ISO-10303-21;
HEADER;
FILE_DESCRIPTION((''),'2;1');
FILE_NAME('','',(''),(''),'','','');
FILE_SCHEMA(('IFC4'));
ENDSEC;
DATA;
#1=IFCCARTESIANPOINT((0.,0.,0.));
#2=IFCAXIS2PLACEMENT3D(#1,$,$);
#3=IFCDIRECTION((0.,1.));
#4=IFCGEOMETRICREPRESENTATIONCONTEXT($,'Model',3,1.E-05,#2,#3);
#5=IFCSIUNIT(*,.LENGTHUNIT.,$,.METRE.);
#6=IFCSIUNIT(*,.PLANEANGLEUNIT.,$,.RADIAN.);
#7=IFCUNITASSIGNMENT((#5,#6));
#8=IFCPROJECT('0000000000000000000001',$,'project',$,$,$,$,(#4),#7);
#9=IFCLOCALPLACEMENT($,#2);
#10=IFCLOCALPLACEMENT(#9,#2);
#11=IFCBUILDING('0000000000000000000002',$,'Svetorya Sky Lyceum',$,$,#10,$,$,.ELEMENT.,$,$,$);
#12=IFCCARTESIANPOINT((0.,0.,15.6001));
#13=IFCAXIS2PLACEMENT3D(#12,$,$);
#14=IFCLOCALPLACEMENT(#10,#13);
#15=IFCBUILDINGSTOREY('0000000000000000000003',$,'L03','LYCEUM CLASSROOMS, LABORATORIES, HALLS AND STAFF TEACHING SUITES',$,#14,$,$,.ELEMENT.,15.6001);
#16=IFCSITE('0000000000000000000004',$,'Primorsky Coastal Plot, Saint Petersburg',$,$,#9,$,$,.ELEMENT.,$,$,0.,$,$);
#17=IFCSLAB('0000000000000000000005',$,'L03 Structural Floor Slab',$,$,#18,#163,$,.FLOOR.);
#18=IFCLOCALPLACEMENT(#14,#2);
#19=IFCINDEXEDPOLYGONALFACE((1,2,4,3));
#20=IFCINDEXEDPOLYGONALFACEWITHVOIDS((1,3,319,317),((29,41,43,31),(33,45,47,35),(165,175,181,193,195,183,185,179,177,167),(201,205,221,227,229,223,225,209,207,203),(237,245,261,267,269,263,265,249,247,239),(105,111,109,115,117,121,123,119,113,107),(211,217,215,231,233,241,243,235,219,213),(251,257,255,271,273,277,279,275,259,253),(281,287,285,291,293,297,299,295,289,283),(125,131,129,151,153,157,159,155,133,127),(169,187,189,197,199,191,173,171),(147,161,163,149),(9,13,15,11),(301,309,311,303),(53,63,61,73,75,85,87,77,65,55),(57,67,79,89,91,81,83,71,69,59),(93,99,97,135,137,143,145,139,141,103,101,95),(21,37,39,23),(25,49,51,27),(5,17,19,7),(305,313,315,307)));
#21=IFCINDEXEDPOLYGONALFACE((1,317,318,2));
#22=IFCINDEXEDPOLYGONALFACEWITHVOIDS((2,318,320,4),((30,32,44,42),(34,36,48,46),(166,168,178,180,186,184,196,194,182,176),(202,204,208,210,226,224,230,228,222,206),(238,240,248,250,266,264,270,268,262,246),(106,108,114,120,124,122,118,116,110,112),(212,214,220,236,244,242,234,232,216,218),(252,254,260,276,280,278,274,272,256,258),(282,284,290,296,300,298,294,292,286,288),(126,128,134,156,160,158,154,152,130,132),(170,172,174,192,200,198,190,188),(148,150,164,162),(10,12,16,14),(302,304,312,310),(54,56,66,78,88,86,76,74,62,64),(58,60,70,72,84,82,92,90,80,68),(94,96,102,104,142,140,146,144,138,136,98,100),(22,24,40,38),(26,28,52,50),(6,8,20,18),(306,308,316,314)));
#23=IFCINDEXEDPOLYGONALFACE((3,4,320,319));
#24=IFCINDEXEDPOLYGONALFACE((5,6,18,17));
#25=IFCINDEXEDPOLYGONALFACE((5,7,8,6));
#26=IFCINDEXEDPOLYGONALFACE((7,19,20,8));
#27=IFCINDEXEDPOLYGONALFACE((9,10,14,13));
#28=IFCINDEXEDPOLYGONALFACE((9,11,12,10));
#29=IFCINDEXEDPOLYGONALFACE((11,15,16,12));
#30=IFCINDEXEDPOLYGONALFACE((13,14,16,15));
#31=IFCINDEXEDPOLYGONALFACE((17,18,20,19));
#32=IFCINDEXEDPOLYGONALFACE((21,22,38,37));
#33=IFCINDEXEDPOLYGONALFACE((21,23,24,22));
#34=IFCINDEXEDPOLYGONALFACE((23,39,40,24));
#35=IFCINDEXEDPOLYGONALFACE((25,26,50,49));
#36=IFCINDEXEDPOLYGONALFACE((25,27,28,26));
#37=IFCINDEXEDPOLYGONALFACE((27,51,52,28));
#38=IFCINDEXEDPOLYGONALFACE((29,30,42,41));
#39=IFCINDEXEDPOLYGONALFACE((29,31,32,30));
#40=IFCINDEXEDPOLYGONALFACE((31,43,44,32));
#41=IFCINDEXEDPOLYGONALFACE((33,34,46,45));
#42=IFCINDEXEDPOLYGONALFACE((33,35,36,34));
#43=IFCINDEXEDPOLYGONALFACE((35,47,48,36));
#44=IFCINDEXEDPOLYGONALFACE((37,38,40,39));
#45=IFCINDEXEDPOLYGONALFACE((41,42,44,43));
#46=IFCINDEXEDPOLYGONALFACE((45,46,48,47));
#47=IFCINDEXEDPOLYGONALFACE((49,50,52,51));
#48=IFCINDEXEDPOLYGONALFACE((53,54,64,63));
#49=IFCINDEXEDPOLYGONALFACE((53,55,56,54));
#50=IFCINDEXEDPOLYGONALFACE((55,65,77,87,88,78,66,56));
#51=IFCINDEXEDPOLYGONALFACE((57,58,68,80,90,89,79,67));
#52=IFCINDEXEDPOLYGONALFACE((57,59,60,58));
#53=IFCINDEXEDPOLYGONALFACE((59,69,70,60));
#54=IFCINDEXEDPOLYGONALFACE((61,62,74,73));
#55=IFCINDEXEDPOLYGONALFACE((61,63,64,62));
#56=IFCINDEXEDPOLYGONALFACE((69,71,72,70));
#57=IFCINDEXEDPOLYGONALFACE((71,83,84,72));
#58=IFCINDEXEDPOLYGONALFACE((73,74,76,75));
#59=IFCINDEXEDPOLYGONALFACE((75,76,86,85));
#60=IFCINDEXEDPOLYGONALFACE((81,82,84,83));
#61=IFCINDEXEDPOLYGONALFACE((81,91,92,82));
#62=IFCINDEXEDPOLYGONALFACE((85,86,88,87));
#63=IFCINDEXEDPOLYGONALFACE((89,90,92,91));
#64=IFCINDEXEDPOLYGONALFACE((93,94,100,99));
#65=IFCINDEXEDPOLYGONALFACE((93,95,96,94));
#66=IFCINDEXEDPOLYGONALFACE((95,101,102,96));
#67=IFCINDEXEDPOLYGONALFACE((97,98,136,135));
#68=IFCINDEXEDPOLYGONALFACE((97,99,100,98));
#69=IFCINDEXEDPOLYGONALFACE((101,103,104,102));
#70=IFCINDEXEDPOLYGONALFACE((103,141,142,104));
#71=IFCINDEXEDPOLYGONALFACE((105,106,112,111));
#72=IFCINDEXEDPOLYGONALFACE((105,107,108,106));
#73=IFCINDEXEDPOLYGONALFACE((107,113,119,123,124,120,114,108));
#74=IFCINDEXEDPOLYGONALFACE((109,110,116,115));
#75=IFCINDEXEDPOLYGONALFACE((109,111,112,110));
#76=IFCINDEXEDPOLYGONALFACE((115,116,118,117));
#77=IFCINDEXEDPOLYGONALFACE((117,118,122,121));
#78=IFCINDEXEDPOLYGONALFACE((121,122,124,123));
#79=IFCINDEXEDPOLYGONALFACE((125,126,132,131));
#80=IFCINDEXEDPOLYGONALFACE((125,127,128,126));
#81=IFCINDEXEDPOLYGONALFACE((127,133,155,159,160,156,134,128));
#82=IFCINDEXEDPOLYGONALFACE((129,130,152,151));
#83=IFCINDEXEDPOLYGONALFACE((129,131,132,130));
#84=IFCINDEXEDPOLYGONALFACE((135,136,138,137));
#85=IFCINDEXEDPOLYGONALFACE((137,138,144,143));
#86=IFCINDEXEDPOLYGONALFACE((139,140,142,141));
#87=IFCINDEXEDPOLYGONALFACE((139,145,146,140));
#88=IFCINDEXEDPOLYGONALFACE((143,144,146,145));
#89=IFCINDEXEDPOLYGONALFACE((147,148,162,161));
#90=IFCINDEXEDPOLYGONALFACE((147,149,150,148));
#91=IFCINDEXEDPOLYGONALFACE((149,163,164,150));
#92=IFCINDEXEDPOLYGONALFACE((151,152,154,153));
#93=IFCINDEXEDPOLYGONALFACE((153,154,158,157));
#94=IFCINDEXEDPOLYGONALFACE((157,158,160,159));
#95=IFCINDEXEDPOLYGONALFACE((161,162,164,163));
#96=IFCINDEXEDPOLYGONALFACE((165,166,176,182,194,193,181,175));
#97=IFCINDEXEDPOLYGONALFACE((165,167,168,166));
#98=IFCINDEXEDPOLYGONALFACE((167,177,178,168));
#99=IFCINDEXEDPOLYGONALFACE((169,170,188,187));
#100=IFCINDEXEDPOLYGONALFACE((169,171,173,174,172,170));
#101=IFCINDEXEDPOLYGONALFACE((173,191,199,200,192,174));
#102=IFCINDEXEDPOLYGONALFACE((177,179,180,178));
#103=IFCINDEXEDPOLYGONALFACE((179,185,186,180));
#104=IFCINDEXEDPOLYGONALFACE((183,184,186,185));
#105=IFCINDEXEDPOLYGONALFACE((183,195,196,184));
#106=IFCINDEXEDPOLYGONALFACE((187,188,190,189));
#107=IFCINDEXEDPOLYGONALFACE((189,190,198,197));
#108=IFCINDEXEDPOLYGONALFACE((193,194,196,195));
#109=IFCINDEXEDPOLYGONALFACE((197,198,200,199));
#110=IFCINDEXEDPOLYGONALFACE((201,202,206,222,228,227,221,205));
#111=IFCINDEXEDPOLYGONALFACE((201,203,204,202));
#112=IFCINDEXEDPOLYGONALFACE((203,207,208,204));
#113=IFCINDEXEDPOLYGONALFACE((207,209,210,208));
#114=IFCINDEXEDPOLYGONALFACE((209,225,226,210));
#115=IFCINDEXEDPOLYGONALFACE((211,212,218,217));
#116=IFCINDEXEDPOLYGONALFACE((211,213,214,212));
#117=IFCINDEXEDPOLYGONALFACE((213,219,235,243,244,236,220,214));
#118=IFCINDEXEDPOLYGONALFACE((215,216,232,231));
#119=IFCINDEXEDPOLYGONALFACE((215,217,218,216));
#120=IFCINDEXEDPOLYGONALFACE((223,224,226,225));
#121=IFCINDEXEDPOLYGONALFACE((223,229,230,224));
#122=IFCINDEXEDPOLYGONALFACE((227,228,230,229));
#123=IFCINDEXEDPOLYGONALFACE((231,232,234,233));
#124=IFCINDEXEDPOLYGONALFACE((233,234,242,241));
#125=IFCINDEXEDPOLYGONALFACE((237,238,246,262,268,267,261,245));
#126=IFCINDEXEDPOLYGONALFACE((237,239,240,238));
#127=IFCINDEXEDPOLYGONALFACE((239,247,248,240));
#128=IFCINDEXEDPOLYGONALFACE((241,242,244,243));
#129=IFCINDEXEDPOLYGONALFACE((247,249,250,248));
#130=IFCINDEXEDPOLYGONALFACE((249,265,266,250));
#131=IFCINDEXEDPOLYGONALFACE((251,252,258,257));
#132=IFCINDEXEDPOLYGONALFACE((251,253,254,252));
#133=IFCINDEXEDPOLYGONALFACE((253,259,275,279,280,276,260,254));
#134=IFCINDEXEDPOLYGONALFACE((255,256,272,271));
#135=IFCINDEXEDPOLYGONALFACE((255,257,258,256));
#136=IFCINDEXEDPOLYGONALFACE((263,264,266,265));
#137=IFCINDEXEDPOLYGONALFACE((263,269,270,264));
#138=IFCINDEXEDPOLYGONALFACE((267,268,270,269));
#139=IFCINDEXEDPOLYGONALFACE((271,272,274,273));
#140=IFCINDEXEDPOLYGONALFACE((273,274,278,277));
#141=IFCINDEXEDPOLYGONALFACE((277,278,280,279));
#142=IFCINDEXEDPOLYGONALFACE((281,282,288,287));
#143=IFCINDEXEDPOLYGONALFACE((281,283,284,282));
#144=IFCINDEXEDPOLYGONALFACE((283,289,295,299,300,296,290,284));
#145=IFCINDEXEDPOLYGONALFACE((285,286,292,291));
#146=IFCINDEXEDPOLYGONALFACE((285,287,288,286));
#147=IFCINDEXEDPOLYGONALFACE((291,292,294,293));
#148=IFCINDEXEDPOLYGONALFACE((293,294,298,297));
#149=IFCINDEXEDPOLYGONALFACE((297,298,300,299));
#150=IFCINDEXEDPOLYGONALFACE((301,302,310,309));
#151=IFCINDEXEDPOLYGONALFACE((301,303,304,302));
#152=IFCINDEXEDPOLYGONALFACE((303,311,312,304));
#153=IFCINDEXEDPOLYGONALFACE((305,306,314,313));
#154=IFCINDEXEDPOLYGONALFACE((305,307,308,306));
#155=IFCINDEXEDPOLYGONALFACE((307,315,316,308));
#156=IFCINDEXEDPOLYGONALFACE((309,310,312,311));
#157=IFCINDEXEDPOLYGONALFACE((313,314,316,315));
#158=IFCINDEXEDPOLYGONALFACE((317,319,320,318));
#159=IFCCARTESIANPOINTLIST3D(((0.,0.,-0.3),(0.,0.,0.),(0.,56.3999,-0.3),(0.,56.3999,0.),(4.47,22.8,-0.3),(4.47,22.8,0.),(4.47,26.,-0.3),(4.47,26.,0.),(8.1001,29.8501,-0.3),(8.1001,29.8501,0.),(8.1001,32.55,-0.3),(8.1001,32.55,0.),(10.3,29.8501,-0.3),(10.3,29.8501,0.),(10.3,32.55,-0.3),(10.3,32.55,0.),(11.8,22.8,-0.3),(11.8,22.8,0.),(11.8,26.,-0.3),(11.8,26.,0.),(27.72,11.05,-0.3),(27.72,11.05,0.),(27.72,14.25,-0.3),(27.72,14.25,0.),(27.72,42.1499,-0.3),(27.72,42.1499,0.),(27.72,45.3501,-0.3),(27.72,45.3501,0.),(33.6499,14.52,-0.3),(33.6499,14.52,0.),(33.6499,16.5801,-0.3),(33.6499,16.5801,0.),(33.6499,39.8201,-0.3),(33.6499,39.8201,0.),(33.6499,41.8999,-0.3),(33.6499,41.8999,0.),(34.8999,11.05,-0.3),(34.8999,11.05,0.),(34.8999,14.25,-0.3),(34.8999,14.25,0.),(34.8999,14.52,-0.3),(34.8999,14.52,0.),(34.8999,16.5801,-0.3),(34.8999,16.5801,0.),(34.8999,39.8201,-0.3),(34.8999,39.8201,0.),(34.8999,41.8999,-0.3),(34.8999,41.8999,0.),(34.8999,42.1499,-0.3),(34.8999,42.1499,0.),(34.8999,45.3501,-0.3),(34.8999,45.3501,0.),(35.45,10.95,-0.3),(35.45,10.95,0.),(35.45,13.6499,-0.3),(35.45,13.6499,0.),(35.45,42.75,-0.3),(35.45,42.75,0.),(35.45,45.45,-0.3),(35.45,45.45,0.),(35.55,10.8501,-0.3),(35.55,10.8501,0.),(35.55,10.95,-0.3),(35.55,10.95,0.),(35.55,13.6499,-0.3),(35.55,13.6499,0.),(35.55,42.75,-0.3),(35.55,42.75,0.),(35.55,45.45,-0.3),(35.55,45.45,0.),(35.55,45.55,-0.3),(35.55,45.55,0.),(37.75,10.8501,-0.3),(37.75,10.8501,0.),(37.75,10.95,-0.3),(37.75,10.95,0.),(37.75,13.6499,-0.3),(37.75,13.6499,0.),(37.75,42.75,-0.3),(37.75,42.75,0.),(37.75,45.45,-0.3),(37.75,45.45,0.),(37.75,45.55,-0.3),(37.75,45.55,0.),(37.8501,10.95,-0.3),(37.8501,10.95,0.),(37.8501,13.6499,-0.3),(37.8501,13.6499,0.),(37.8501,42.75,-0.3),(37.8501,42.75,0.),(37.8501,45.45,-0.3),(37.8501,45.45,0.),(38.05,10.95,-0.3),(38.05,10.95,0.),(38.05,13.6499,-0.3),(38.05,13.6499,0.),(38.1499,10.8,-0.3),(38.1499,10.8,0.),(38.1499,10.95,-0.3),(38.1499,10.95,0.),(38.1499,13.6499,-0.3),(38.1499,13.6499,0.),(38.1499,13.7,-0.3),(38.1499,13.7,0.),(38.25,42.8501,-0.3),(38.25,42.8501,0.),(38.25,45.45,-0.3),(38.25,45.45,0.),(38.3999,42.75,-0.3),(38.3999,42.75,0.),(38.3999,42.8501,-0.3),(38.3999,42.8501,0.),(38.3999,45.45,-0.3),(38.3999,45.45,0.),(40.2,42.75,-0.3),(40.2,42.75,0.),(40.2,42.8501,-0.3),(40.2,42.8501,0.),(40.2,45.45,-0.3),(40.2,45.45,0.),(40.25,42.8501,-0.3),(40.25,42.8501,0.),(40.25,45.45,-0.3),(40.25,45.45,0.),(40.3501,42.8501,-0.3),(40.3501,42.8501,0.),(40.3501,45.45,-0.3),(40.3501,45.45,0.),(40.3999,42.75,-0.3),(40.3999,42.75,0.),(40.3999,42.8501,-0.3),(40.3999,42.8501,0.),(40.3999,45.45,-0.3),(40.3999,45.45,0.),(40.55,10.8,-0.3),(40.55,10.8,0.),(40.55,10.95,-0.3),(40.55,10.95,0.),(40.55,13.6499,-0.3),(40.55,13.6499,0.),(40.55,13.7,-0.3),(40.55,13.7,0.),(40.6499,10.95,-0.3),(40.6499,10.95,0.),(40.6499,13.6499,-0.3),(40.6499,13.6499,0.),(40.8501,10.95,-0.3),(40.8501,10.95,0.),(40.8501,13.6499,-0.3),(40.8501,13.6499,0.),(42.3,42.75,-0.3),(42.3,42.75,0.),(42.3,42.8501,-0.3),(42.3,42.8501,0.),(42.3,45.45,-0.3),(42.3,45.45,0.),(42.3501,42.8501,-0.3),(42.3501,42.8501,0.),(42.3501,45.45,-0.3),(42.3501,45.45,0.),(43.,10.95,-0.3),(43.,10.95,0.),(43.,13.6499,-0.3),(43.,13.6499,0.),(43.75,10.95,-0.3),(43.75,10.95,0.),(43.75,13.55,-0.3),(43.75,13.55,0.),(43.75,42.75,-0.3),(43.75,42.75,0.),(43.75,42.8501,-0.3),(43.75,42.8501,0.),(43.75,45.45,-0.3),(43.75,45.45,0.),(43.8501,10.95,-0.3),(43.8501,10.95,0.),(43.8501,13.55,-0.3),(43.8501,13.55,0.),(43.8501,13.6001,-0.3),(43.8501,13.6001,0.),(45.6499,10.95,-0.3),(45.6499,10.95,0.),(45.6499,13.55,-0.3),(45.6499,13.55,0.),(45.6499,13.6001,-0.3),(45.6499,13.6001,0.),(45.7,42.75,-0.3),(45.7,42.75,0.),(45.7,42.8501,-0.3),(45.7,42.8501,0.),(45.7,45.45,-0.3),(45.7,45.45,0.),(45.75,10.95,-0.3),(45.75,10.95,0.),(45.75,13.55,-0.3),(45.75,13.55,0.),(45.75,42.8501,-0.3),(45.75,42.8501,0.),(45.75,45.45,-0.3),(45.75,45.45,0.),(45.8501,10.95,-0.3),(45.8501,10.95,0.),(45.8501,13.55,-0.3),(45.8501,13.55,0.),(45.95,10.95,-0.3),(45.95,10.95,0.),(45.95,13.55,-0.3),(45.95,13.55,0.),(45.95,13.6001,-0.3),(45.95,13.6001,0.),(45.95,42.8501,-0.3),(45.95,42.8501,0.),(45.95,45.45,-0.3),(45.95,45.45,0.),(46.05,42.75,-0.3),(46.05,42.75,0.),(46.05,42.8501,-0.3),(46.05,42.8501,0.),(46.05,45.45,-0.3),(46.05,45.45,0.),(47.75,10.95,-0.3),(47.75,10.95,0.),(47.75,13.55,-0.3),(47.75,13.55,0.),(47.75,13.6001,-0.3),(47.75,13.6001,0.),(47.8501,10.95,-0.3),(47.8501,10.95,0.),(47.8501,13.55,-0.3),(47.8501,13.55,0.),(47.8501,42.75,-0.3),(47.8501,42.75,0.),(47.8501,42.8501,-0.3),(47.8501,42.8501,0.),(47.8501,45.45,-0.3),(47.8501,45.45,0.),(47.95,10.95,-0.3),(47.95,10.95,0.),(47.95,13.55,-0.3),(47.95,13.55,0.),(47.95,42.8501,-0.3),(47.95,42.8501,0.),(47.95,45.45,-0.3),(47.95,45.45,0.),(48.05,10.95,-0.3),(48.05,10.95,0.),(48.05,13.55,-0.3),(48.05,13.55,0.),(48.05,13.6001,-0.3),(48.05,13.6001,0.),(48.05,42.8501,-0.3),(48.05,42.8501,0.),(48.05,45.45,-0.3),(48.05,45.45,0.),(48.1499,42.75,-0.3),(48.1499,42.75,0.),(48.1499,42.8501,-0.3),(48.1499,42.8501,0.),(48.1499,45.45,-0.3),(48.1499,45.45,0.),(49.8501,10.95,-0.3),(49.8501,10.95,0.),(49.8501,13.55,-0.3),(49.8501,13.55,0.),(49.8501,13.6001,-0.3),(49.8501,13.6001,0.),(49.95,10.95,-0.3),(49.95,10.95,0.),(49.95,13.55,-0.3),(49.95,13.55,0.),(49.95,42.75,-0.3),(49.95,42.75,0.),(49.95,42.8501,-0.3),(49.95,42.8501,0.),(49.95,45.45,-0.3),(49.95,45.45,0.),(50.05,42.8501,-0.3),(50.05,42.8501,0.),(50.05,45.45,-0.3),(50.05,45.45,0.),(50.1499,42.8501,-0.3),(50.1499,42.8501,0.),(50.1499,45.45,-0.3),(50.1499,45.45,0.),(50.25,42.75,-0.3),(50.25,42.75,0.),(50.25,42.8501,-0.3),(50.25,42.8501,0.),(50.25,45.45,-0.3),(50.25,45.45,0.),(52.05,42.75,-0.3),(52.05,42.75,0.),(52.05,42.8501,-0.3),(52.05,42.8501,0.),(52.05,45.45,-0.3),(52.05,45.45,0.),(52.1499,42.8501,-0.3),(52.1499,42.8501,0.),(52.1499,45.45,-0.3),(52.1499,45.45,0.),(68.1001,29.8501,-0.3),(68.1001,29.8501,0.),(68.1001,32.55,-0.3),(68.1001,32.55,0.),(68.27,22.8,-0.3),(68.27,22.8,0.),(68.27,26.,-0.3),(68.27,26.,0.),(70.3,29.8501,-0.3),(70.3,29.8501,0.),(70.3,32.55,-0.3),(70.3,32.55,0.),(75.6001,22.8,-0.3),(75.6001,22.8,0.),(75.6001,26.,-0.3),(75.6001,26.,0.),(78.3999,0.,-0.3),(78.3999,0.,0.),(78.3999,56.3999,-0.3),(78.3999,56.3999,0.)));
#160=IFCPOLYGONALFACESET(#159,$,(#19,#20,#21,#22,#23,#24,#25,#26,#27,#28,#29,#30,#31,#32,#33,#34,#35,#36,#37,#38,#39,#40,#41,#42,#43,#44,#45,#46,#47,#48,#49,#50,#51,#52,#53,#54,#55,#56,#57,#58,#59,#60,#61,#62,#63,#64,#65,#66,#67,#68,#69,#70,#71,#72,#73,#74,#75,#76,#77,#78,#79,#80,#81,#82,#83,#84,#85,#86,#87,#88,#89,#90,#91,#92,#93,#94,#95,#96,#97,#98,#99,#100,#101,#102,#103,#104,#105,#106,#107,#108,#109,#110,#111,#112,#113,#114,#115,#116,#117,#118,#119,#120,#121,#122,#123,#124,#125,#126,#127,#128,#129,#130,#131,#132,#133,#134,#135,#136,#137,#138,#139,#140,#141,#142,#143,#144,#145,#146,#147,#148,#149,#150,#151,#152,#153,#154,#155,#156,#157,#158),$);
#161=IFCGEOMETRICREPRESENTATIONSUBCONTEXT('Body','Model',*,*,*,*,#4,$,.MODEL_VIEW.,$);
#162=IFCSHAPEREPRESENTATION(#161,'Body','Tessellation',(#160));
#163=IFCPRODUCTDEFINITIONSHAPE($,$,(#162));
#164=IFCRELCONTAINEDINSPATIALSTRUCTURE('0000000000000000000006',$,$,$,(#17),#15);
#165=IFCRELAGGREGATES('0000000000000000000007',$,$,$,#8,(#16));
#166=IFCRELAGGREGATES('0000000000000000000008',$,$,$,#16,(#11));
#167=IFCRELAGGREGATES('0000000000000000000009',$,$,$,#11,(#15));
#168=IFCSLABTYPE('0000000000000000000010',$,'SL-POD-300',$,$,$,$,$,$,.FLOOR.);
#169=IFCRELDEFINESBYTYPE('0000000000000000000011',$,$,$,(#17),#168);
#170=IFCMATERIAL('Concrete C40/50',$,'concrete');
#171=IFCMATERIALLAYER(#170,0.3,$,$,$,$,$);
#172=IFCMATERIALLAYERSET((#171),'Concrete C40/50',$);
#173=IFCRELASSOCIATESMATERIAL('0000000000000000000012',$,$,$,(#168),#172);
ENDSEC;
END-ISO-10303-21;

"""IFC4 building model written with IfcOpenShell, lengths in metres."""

from ifc_helpers import new_model, si_unit, direction, frame, origin, place, context, subcontext, project, spatial, polyline, outline, extrude, material, layer, layer_set, type_object, element, save


model = new_model("IFC4")

# Units and contexts
model_context = context("Model", 3, precision=1e-05, world=origin(), true_north=direction((0.0, 1.0)))
body_context = subcontext(model_context, "Body", "Model", "MODEL_VIEW")
ifc_project = project(units=[si_unit("LENGTHUNIT", "METRE"), si_unit("PLANEANGLEUNIT", "RADIAN")], contexts=[model_context])

# Site, building, storey
site_placement = place(None, origin())
site = spatial("IfcSite", under=ifc_project, at=site_placement, Name="Primorsky Coastal Plot, Saint Petersburg", CompositionType="ELEMENT", RefElevation=0.0)
building_placement = place(site_placement, origin())
building = spatial("IfcBuilding", under=site, at=building_placement, Name="Svetorya Sky Lyceum", CompositionType="ELEMENT")
storey_placement = place(building_placement, frame((0.0, 0.0, 15.6001)))
storey = spatial("IfcBuildingStorey", under=building, at=storey_placement, Name="L03", Description="LYCEUM CLASSROOMS, LABORATORIES, HALLS AND STAFF TEACHING SUITES", CompositionType="ELEMENT", Elevation=15.6001)

# Slab
ifc_material_1 = material(Name="Concrete C40/50", Category="concrete")
ifc_layer_1 = layer(ifc_material_1, 0.3)
ifc_layer_set_1 = layer_set([ifc_layer_1], Name="Concrete C40/50")
slab_type_1 = type_object("IfcSlabType", Name="SL-POD-300", PredefinedType="FLOOR", material=ifc_layer_set_1)
slab_1_placement = place(storey_placement, frame((0.0, 0.0, -0.3)))
element("IfcSlab", 1, at=slab_1_placement, inside=storey, type_object=slab_type_1, Name="L03 Structural Floor Slab", PredefinedType="FLOOR", context=body_context, shape_type="SweptSolid", body=[
    extrude(outline(polyline([(0.0, 0.0), (78.3999, 0.0), (78.3999, 56.3999), (0.0, 56.3999), (0.0, 0.0)]), holes=[polyline([(40.6499, 10.95), (40.55, 10.95), (40.55, 10.8), (38.1499, 10.8), (38.1499, 10.95), (38.05, 10.95), (38.05, 13.6499), (38.1499, 13.6499), (38.1499, 13.7), (40.55, 13.7), (40.55, 13.6499), (40.6499, 13.6499), (40.6499, 10.95)]), polyline([(35.55, 10.95), (35.45, 10.95), (35.45, 13.6499), (35.55, 13.6499), (37.75, 13.6499), (37.8501, 13.6499), (37.8501, 10.95), (37.75, 10.95), (37.75, 10.8501), (35.55, 10.8501), (35.55, 10.95)]), polyline([(40.8501, 13.6499), (43.0, 13.6499), (43.0, 10.95), (40.8501, 10.95), (40.8501, 13.6499)]), polyline([(27.72, 14.25), (34.8999, 14.25), (34.8999, 11.05), (27.72, 11.05), (27.72, 14.25)]), polyline([(33.6499, 16.5801), (34.8999, 16.5801), (34.8999, 14.52), (33.6499, 14.52), (33.6499, 16.5801)]), polyline([(4.47, 26.0), (11.8, 26.0), (11.8, 22.8), (4.47, 22.8), (4.47, 26.0)]), polyline([(8.1001, 32.55), (10.3, 32.55), (10.3, 29.8501), (8.1001, 29.8501), (8.1001, 32.55)]), polyline([(33.6499, 41.8999), (34.8999, 41.8999), (34.8999, 39.8201), (33.6499, 39.8201), (33.6499, 41.8999)]), polyline([(27.72, 45.3501), (34.8999, 45.3501), (34.8999, 42.1499), (27.72, 42.1499), (27.72, 45.3501)]), polyline([(37.75, 45.45), (37.8501, 45.45), (37.8501, 42.75), (37.75, 42.75), (35.55, 42.75), (35.45, 42.75), (35.45, 45.45), (35.55, 45.45), (35.55, 45.55), (37.75, 45.55), (37.75, 45.45)]), polyline([(40.2, 42.8501), (40.2, 42.75), (38.3999, 42.75), (38.3999, 42.8501), (38.25, 42.8501), (38.25, 45.45), (38.3999, 45.45), (40.2, 45.45), (40.25, 45.45), (40.25, 42.8501), (40.2, 42.8501)]), polyline([(40.3999, 42.8501), (40.3501, 42.8501), (40.3501, 45.45), (40.3999, 45.45), (42.3, 45.45), (42.3501, 45.45), (42.3501, 42.8501), (42.3, 42.8501), (42.3, 42.75), (40.3999, 42.75), (40.3999, 42.8501)]), polyline([(43.8501, 10.95), (43.75, 10.95), (43.75, 13.55), (43.8501, 13.55), (43.8501, 13.6001), (45.6499, 13.6001), (45.6499, 13.55), (45.75, 13.55), (45.75, 10.95), (45.6499, 10.95), (43.8501, 10.95)]), polyline([(48.05, 10.95), (47.95, 10.95), (47.95, 13.55), (48.05, 13.55), (48.05, 13.6001), (49.8501, 13.6001), (49.8501, 13.55), (49.95, 13.55), (49.95, 10.95), (49.8501, 10.95), (48.05, 10.95)]), polyline([(45.95, 10.95), (45.8501, 10.95), (45.8501, 13.55), (45.95, 13.55), (45.95, 13.6001), (47.75, 13.6001), (47.75, 13.55), (47.8501, 13.55), (47.8501, 10.95), (47.75, 10.95), (45.95, 10.95)]), polyline([(75.6001, 26.0), (75.6001, 22.8), (68.27, 22.8), (68.27, 26.0), (75.6001, 26.0)]), polyline([(70.3, 32.55), (70.3, 29.8501), (68.1001, 29.8501), (68.1001, 32.55), (70.3, 32.55)]), polyline([(46.05, 42.8501), (45.95, 42.8501), (45.95, 45.45), (46.05, 45.45), (47.8501, 45.45), (47.95, 45.45), (47.95, 42.8501), (47.8501, 42.8501), (47.8501, 42.75), (46.05, 42.75), (46.05, 42.8501)]), polyline([(43.75, 42.8501), (43.75, 45.45), (45.7, 45.45), (45.75, 45.45), (45.75, 42.8501), (45.7, 42.8501), (45.7, 42.75), (43.75, 42.75), (43.75, 42.8501)]), polyline([(48.1499, 42.8501), (48.05, 42.8501), (48.05, 45.45), (48.1499, 45.45), (49.95, 45.45), (50.05, 45.45), (50.05, 42.8501), (49.95, 42.8501), (49.95, 42.75), (48.1499, 42.75), (48.1499, 42.8501)]), polyline([(52.05, 42.8501), (52.05, 42.75), (50.25, 42.75), (50.25, 42.8501), (50.1499, 42.8501), (50.1499, 45.45), (50.25, 45.45), (52.05, 45.45), (52.1499, 45.45), (52.1499, 42.8501), (52.05, 42.8501)])]), origin(), (0.0, 0.0, 1.0), 0.3),
])

save(model, "model.ifc")
